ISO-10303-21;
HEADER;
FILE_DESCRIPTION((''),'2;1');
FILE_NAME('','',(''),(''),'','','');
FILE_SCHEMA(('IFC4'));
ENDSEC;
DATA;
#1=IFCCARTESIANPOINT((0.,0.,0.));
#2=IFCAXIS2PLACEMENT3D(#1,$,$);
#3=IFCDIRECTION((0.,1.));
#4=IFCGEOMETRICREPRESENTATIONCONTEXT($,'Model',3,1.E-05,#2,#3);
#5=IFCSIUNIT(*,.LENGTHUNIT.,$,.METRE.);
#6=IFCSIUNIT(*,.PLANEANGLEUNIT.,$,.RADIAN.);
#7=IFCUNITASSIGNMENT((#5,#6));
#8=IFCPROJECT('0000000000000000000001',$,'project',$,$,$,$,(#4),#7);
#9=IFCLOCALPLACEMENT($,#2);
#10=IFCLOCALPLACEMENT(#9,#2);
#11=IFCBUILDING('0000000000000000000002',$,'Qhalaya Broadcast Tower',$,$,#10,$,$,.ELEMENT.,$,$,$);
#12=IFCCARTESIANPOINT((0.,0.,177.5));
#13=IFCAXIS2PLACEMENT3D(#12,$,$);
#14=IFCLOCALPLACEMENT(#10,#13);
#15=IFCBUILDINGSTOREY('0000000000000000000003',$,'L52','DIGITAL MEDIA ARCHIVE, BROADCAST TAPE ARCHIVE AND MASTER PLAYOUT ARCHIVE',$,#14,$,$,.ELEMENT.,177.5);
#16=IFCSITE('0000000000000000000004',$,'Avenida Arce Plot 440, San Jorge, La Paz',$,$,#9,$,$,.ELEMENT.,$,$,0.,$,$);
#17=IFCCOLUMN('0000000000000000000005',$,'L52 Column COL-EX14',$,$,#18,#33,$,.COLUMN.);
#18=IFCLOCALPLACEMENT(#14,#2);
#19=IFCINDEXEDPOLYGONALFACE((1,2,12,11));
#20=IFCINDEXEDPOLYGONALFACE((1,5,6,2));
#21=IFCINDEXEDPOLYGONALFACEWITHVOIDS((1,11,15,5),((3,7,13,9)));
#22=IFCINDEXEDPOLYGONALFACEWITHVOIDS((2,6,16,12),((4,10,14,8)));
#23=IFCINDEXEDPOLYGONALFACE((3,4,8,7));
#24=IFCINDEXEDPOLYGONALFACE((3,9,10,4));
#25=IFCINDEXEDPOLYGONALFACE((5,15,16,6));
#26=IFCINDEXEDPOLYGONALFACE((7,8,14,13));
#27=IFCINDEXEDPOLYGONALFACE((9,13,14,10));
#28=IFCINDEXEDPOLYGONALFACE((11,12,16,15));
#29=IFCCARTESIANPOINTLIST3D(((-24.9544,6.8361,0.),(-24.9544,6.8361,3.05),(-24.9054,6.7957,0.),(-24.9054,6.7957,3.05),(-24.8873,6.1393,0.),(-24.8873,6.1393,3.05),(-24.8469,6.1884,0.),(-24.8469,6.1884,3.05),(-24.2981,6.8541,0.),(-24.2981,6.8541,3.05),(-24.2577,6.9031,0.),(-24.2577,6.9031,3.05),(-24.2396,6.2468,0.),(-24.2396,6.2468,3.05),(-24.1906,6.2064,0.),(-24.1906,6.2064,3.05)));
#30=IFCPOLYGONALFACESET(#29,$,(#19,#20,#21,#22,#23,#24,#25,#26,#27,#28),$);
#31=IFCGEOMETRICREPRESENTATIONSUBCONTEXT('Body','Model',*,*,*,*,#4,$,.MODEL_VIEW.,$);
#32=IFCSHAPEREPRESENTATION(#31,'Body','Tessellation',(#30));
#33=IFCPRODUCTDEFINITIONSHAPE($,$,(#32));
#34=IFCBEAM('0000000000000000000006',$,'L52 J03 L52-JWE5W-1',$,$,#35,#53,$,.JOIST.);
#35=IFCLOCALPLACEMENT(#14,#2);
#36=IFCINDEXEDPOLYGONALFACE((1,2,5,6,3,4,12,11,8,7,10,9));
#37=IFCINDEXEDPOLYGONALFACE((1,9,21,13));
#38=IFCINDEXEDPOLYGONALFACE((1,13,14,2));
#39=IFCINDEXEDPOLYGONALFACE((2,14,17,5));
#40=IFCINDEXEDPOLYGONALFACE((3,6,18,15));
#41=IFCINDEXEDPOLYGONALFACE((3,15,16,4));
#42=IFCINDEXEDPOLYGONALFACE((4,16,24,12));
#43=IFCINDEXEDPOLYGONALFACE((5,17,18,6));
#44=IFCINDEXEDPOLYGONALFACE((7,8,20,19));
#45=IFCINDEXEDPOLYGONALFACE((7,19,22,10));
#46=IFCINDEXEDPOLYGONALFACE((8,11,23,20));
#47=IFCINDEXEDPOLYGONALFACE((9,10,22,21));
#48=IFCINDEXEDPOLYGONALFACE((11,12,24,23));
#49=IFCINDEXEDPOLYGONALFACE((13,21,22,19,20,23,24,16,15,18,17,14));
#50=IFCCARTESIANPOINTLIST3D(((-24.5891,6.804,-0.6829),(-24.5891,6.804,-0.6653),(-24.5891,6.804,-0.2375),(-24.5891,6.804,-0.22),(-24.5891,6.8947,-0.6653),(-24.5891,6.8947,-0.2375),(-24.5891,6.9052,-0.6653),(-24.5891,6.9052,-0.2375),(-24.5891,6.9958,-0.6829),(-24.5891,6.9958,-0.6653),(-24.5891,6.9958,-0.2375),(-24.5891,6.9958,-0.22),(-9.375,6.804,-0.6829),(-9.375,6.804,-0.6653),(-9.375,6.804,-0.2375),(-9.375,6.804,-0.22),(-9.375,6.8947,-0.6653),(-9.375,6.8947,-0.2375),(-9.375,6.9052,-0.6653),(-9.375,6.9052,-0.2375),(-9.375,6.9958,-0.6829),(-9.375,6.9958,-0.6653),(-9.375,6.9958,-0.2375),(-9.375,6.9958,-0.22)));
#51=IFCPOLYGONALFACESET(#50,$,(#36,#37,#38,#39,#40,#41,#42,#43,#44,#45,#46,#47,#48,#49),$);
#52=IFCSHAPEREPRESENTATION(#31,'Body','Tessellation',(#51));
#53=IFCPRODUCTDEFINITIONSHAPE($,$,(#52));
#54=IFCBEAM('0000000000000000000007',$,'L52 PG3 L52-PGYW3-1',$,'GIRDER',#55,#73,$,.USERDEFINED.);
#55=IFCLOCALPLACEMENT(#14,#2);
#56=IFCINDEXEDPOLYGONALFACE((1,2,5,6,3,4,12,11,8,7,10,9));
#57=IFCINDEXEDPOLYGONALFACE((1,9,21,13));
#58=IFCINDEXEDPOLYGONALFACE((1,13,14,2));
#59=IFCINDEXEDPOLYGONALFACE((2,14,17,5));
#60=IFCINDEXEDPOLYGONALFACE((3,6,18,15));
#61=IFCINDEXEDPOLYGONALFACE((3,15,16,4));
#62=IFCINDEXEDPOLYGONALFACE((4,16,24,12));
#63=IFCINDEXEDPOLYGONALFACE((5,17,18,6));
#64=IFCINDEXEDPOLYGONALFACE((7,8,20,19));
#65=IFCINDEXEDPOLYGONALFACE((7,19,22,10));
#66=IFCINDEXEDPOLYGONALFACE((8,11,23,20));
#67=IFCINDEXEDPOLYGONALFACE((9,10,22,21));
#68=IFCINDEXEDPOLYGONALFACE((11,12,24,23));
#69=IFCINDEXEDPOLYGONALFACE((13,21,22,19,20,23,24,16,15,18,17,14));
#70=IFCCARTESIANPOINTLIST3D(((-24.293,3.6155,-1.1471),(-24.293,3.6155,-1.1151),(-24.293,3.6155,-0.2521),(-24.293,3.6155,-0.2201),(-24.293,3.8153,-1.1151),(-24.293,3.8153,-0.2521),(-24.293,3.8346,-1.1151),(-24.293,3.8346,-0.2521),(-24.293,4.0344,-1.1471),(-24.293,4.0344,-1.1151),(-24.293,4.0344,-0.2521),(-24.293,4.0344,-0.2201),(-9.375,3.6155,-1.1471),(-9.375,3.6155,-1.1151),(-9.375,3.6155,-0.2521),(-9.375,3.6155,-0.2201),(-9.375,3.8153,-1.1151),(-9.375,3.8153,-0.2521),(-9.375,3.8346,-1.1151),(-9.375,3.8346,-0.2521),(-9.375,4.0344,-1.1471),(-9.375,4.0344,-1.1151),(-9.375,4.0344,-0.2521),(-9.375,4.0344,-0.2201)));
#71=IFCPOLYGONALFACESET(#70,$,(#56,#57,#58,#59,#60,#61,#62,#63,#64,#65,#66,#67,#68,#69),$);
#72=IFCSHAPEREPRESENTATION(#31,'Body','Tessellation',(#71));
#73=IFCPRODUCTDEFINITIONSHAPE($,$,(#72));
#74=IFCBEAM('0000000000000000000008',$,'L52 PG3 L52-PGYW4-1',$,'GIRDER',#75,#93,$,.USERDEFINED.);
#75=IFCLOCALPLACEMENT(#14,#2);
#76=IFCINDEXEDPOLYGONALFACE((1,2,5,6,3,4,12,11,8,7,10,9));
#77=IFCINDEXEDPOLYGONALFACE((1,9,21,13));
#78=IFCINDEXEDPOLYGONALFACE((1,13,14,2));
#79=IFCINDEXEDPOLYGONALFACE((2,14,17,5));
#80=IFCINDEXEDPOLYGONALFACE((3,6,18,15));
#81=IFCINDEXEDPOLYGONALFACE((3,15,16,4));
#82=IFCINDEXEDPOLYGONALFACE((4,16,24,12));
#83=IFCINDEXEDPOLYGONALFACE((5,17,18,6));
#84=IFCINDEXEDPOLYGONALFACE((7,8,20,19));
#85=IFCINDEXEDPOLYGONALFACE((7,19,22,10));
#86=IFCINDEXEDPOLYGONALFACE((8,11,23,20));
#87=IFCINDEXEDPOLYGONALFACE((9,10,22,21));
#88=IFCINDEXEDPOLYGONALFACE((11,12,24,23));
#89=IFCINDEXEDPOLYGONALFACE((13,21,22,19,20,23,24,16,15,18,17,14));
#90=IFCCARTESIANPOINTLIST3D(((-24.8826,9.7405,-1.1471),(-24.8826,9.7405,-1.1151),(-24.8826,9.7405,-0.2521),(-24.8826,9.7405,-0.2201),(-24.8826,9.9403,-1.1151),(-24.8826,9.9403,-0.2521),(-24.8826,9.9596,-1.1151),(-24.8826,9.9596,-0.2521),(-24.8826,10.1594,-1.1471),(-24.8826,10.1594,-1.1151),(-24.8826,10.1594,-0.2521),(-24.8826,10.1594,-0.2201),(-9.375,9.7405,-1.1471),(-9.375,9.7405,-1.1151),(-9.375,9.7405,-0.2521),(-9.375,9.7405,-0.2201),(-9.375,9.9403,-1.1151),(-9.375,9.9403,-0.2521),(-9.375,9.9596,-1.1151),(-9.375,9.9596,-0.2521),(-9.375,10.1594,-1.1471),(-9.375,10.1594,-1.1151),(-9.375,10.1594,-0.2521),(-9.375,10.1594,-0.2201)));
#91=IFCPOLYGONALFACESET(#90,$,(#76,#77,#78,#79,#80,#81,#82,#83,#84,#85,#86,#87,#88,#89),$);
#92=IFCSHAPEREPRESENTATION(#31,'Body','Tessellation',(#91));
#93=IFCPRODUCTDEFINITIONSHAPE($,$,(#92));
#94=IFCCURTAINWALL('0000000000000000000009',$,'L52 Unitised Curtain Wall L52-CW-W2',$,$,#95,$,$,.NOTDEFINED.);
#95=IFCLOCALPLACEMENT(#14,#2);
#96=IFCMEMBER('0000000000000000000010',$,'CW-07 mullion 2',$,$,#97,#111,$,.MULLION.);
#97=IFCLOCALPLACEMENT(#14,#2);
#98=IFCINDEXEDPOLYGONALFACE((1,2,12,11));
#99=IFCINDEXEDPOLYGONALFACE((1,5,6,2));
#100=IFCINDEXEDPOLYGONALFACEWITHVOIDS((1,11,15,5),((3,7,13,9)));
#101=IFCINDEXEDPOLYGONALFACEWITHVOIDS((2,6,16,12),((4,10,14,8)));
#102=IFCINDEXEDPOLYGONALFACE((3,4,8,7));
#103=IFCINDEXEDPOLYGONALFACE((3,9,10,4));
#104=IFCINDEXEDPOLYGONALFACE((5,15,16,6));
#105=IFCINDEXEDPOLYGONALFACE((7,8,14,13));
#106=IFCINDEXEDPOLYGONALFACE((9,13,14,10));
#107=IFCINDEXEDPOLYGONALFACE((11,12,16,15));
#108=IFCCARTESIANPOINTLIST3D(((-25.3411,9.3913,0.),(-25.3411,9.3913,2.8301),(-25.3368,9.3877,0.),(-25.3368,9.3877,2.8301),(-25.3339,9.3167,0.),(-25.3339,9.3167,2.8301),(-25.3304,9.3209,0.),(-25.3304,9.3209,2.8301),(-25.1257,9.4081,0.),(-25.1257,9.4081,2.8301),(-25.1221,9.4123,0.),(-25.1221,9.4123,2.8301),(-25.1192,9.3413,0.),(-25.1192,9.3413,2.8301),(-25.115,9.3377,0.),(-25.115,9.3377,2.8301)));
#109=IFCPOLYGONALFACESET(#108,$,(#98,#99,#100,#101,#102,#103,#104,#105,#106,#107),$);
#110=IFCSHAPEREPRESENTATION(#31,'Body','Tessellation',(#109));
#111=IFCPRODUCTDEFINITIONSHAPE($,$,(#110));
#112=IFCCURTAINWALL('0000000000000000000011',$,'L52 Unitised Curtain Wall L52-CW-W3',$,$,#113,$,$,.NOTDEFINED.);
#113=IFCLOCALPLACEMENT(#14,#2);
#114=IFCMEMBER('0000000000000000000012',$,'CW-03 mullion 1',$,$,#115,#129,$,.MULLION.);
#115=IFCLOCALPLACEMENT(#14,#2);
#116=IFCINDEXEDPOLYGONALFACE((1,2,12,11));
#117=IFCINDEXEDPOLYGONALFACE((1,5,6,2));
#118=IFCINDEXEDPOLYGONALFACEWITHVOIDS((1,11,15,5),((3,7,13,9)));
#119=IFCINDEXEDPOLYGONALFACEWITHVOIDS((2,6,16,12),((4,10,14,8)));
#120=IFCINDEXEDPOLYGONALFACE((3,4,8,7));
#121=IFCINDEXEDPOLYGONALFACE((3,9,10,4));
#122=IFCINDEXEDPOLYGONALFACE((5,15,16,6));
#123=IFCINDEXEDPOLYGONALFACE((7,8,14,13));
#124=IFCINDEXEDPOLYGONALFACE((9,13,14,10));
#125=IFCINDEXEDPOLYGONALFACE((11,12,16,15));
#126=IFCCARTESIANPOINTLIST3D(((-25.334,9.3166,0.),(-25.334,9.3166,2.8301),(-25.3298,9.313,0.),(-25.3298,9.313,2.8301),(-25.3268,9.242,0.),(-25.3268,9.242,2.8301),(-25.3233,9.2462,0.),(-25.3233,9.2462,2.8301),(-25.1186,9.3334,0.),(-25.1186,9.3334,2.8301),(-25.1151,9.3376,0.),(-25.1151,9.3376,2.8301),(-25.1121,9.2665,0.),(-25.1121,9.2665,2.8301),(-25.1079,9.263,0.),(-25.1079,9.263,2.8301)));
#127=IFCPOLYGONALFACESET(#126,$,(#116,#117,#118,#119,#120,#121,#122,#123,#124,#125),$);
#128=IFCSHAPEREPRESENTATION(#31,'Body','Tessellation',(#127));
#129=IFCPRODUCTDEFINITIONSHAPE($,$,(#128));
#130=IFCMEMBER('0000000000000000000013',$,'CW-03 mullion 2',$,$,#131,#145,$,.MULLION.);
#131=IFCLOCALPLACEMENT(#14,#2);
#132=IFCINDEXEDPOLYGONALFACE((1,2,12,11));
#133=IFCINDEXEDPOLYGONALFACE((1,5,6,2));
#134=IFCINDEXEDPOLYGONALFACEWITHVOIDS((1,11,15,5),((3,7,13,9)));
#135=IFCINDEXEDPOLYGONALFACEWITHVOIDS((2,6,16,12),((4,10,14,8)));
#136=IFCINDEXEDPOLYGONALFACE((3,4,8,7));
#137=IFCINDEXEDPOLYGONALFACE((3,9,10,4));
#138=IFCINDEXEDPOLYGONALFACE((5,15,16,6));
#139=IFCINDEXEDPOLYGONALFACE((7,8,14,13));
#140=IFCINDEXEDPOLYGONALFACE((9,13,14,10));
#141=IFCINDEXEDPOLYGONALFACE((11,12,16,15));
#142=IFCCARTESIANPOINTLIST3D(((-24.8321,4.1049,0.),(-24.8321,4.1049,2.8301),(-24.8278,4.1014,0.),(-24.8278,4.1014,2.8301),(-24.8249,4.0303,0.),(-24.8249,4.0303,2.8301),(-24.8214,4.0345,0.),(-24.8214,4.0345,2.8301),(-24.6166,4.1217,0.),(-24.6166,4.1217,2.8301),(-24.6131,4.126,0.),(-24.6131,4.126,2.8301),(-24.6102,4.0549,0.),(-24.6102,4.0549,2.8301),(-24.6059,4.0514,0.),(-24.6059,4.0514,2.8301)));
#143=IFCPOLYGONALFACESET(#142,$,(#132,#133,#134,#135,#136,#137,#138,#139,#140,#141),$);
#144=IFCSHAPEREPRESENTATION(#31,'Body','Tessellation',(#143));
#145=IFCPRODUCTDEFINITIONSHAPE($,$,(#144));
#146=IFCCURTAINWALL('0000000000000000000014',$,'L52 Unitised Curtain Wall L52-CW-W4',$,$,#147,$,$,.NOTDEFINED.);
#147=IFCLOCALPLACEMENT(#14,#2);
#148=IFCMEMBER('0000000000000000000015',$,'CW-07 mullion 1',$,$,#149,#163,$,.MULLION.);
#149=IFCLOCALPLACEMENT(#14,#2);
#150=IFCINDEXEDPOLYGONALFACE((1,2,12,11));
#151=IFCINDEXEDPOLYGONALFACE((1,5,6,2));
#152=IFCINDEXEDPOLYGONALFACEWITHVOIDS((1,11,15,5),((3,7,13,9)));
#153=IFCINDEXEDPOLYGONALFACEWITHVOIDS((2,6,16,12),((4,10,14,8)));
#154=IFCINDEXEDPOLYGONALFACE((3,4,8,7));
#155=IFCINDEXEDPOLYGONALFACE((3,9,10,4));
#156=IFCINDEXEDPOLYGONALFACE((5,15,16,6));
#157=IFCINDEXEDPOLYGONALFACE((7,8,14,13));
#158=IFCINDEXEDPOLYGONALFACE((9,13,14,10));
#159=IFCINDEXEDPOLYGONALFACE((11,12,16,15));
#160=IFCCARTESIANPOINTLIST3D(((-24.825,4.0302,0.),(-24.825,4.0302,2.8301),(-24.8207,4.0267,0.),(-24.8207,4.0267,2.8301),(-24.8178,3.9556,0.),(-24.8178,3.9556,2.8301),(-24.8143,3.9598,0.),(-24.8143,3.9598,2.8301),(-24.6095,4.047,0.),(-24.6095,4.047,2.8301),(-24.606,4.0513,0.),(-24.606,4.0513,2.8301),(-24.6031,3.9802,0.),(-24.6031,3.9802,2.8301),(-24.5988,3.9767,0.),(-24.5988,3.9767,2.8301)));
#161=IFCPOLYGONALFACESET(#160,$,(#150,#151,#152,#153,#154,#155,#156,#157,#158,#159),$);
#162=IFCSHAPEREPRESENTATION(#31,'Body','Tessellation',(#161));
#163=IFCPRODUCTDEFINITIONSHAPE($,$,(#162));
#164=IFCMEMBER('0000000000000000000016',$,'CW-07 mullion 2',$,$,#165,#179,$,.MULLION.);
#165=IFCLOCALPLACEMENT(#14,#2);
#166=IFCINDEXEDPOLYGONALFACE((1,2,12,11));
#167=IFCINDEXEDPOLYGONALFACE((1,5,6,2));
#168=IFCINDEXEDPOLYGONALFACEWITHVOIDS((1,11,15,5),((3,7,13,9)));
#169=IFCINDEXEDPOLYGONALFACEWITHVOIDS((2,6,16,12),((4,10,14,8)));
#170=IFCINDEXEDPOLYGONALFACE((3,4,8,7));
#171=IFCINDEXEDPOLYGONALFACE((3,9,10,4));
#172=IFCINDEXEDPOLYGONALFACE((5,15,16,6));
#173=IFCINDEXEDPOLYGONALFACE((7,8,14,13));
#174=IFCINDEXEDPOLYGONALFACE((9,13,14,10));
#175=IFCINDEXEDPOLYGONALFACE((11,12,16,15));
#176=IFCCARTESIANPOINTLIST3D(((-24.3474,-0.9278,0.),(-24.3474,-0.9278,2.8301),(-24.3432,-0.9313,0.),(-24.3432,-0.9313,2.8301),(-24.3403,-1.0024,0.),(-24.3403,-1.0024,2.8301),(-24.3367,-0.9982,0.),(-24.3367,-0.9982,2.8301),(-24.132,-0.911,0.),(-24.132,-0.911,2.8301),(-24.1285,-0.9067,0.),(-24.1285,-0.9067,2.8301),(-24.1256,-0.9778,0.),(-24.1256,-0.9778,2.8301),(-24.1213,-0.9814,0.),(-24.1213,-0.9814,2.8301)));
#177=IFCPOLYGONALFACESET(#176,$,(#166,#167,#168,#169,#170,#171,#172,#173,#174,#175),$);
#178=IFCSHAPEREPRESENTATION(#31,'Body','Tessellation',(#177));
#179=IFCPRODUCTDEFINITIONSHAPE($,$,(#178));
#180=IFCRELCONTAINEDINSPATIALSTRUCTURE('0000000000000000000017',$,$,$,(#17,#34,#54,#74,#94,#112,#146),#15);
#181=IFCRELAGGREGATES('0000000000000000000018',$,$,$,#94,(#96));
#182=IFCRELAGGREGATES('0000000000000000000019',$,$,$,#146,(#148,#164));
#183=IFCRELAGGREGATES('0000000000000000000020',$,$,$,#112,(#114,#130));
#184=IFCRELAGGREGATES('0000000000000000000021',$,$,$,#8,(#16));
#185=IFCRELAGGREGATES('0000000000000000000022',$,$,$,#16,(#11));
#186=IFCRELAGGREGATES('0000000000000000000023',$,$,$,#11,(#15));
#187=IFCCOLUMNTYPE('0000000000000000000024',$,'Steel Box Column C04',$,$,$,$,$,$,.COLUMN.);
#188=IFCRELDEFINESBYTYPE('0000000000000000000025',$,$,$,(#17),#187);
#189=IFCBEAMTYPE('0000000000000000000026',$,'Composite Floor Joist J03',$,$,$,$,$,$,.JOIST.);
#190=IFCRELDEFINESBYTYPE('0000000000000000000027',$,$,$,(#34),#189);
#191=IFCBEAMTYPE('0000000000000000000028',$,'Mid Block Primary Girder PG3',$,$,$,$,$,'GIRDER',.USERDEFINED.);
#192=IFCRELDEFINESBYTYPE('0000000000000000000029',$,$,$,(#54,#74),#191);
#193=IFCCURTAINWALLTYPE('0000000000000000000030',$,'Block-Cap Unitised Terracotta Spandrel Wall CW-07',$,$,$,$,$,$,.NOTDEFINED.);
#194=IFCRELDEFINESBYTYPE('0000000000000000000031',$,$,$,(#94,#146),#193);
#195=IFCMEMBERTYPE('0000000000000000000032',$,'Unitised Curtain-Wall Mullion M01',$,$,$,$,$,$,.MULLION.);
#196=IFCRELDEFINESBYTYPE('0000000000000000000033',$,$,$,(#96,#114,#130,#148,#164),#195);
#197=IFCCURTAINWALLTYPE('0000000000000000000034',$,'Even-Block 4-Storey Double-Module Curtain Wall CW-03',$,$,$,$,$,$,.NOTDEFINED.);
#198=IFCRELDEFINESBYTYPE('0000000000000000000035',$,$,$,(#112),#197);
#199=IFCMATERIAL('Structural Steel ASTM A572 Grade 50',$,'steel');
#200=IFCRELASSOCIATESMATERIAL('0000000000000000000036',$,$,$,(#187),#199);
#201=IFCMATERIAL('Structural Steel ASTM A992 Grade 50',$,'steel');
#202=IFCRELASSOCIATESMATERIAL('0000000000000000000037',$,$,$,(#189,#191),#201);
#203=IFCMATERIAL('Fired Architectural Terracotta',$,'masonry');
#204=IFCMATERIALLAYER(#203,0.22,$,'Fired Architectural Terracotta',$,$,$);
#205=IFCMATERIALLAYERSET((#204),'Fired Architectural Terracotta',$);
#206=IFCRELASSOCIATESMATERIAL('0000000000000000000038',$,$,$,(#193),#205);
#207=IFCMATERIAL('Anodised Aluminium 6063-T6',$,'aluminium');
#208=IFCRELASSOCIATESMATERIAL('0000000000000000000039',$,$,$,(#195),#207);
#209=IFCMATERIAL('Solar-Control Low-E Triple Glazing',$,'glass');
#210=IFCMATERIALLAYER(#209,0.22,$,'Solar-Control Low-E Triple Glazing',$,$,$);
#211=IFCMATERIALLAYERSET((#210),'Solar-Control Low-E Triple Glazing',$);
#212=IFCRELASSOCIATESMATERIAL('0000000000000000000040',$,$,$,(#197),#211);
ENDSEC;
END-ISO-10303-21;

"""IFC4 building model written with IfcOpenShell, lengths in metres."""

from ifc_helpers import new_model, si_unit, direction, frame, origin, origin_2d, place, context, subcontext, project, spatial, hollow_rectangle, i_section, extrude, material, layer, layer_set, material_profile, profile_set, type_object, element, aggregate, save


model = new_model("IFC4")

# Units and contexts
model_context = context("Model", 3, precision=1e-05, world=origin(), true_north=direction((0.0, 1.0)))
body_context = subcontext(model_context, "Body", "Model", "MODEL_VIEW")
ifc_project = project(units=[si_unit("LENGTHUNIT", "METRE"), si_unit("PLANEANGLEUNIT", "RADIAN")], contexts=[model_context])

# Site, building, storey
site_placement = place(None, origin())
site = spatial("IfcSite", under=ifc_project, at=site_placement, Name="Avenida Arce Plot 440, San Jorge, La Paz", CompositionType="ELEMENT", RefElevation=0.0)
building_placement = place(site_placement, origin())
building = spatial("IfcBuilding", under=site, at=building_placement, Name="Qhalaya Broadcast Tower", CompositionType="ELEMENT")
storey_placement = place(building_placement, frame((0.0, 0.0, 177.5)))
storey = spatial("IfcBuildingStorey", under=building, at=storey_placement, Name="L52", Description="DIGITAL MEDIA ARCHIVE, BROADCAST TAPE ARCHIVE AND MASTER PLAYOUT ARCHIVE", CompositionType="ELEMENT", Elevation=177.5)

# Column
ifc_material_1 = material(Name="Structural Steel ASTM A572 Grade 50", Category="steel")
ifc_material_profile_1 = material_profile(ifc_material_1, hollow_rectangle(XDim=0.7, YDim=0.7, WallThickness=0.0449, at=origin_2d()), Name="BOX 700x700x45")
ifc_profile_set_1 = profile_set([ifc_material_profile_1], Name="Structural Steel ASTM A572 Grade 50")
column_type = type_object("IfcColumnType", Name="Steel Box Column C04", PredefinedType="COLUMN", material=ifc_profile_set_1)
column_placement = place(storey_placement, frame((-24.5725, 6.5212, 0.0), z_axis=(0.0, 0.0, 1.0), x_axis=(-0.095846, 0.995396, 0.0)))
element("IfcColumn", 1, at=column_placement, inside=storey, type_object=column_type, Name="L52 Column COL-EX14", PredefinedType="COLUMN", context=body_context, shape_type="SweptSolid", body=[
    extrude(hollow_rectangle(XDim=0.7, YDim=0.7, WallThickness=0.0449, at=origin_2d()), origin(), (0.0, 0.0, 1.0), 3.05),
])

# Beams
ifc_material_2 = material(Name="Structural Steel ASTM A992 Grade 50", Category="steel")
ifc_material_profile_2 = material_profile(ifc_material_2, i_section(OverallWidth=0.1919, OverallDepth=0.4629, WebThickness=0.0105, FlangeThickness=0.0176, at=origin_2d()), Name="W18X60")
ifc_profile_set_2 = profile_set([ifc_material_profile_2], Name="Structural Steel ASTM A992 Grade 50")
beam_type_1 = type_object("IfcBeamType", Name="Composite Floor Joist J03", PredefinedType="JOIST", material=ifc_profile_set_2)
beam_1_placement = place(storey_placement, frame((-24.5891, 6.8999, -0.4514), z_axis=(1.0, 0.0, 0.0), x_axis=(0.0, 1.0, 0.0)))
element("IfcBeam", 2, at=beam_1_placement, inside=storey, type_object=beam_type_1, Name="L52 J03 L52-JWE5W-1", PredefinedType="JOIST", context=body_context, shape_type="SweptSolid", body=[
    extrude(i_section(OverallWidth=0.1919, OverallDepth=0.4629, WebThickness=0.0105, FlangeThickness=0.0176, at=origin_2d()), origin(), (0.0, 0.0, 1.0), 15.2141),
])
ifc_material_profile_3 = material_profile(ifc_material_2, i_section(OverallWidth=0.4189, OverallDepth=0.927, WebThickness=0.0193, FlangeThickness=0.032, at=origin_2d()), Name="W36X231")
ifc_profile_set_3 = profile_set([ifc_material_profile_3], Name="Structural Steel ASTM A992 Grade 50")
beam_type_2 = type_object("IfcBeamType", Name="Mid Block Primary Girder PG3", ElementType="GIRDER", PredefinedType="USERDEFINED", material=ifc_profile_set_3)
beam_2_placement = place(storey_placement, frame((-24.293, 3.825, -0.6836), z_axis=(1.0, 0.0, 0.0), x_axis=(0.0, 1.0, 0.0)))
element("IfcBeam", 3, at=beam_2_placement, inside=storey, type_object=beam_type_2, Name="L52 PG3 L52-PGYW3-1", ObjectType="GIRDER", PredefinedType="USERDEFINED", context=body_context, shape_type="SweptSolid", body=[
    extrude(i_section(OverallWidth=0.4189, OverallDepth=0.927, WebThickness=0.0193, FlangeThickness=0.032, at=origin_2d()), origin(), (0.0, 0.0, 1.0), 14.918),
])
beam_3_placement = place(storey_placement, frame((-24.8826, 9.95, -0.6836), z_axis=(1.0, 0.0, 0.0), x_axis=(0.0, 1.0, 0.0)))
element("IfcBeam", 4, at=beam_3_placement, inside=storey, type_object=beam_type_2, Name="L52 PG3 L52-PGYW4-1", ObjectType="GIRDER", PredefinedType="USERDEFINED", context=body_context, shape_type="SweptSolid", body=[
    extrude(i_section(OverallWidth=0.4189, OverallDepth=0.927, WebThickness=0.0193, FlangeThickness=0.032, at=origin_2d()), origin(), (0.0, 0.0, 1.0), 15.5076),
])

# Curtain wall, member
ifc_material_3 = material(Name="Fired Architectural Terracotta", Category="masonry")
ifc_layer_1 = layer(ifc_material_3, 0.22, Name="Fired Architectural Terracotta")
ifc_layer_set_1 = layer_set([ifc_layer_1], Name="Fired Architectural Terracotta")
curtain_wall_type_1 = type_object("IfcCurtainWallType", Name="Block-Cap Unitised Terracotta Spandrel Wall CW-07", PredefinedType="NOTDEFINED", material=ifc_layer_set_1)
curtain_wall_1_placement = place(storey_placement, origin())
curtain_wall_1 = element("IfcCurtainWall", 5, at=curtain_wall_1_placement, inside=storey, type_object=curtain_wall_type_1, Name="L52 Unitised Curtain Wall L52-CW-W2", PredefinedType="NOTDEFINED")
ifc_material_4 = material(Name="Anodised Aluminium 6063-T6", Category="aluminium")
ifc_material_profile_4 = material_profile(ifc_material_4, hollow_rectangle(XDim=0.075, YDim=0.22, WallThickness=0.0039, at=origin_2d()), Name="ALU-MUL 75x220x4")
ifc_profile_set_4 = profile_set([ifc_material_profile_4], Name="Anodised Aluminium 6063-T6")
member_type_1 = type_object("IfcMemberType", Name="Unitised Curtain-Wall Mullion M01", PredefinedType="MULLION", material=ifc_profile_set_4)
member_1_placement = place(storey_placement, frame((-25.228, 9.3645, 0.0), z_axis=(0.0, 0.0, 1.0), x_axis=(0.095845, -0.995396, 0.0)))
member_1 = element("IfcMember", 6, at=member_1_placement, type_object=member_type_1, Name="CW-07 mullion 2", PredefinedType="MULLION", context=body_context, shape_type="SweptSolid", body=[
    extrude(hollow_rectangle(XDim=0.075, YDim=0.22, WallThickness=0.0039, at=origin_2d()), origin(), (0.0, 0.0, 1.0), 2.8301),
])

# Curtain walls, members
ifc_material_5 = material(Name="Solar-Control Low-E Triple Glazing", Category="glass")
ifc_layer_2 = layer(ifc_material_5, 0.22, Name="Solar-Control Low-E Triple Glazing")
ifc_layer_set_2 = layer_set([ifc_layer_2], Name="Solar-Control Low-E Triple Glazing")
curtain_wall_type_2 = type_object("IfcCurtainWallType", Name="Even-Block 4-Storey Double-Module Curtain Wall CW-03", PredefinedType="NOTDEFINED", material=ifc_layer_set_2)
curtain_wall_2_placement = place(storey_placement, origin())
curtain_wall_2 = element("IfcCurtainWall", 7, at=curtain_wall_2_placement, inside=storey, type_object=curtain_wall_type_2, Name="L52 Unitised Curtain Wall L52-CW-W3", PredefinedType="NOTDEFINED")
member_2_placement = place(storey_placement, frame((-25.2209, 9.2898, 0.0), z_axis=(0.0, 0.0, 1.0), x_axis=(0.09584, -0.995397, 0.0)))
member_2 = element("IfcMember", 8, at=member_2_placement, type_object=member_type_1, Name="CW-03 mullion 1", PredefinedType="MULLION", context=body_context, shape_type="SweptSolid", body=[
    extrude(hollow_rectangle(XDim=0.075, YDim=0.22, WallThickness=0.0039, at=origin_2d()), origin(), (0.0, 0.0, 1.0), 2.8301),
])
member_3_placement = place(storey_placement, frame((-24.719, 4.0781, 0.0), z_axis=(0.0, 0.0, 1.0), x_axis=(0.09584, -0.995397, 0.0)))
member_3 = element("IfcMember", 9, at=member_3_placement, type_object=member_type_1, Name="CW-03 mullion 2", PredefinedType="MULLION", context=body_context, shape_type="SweptSolid", body=[
    extrude(hollow_rectangle(XDim=0.075, YDim=0.22, WallThickness=0.0039, at=origin_2d()), origin(), (0.0, 0.0, 1.0), 2.8301),
])
curtain_wall_3_placement = place(storey_placement, origin())
curtain_wall_3 = element("IfcCurtainWall", 10, at=curtain_wall_3_placement, inside=storey, type_object=curtain_wall_type_1, Name="L52 Unitised Curtain Wall L52-CW-W4", PredefinedType="NOTDEFINED")
member_4_placement = place(storey_placement, frame((-24.7119, 4.0034, 0.0), z_axis=(0.0, 0.0, 1.0), x_axis=(0.095847, -0.995396, 0.0)))
member_4 = element("IfcMember", 11, at=member_4_placement, type_object=member_type_1, Name="CW-07 mullion 1", PredefinedType="MULLION", context=body_context, shape_type="SweptSolid", body=[
    extrude(hollow_rectangle(XDim=0.075, YDim=0.22, WallThickness=0.0039, at=origin_2d()), origin(), (0.0, 0.0, 1.0), 2.8301),
])
member_5_placement = place(storey_placement, frame((-24.2344, -0.9546, 0.0), z_axis=(0.0, 0.0, 1.0), x_axis=(0.095847, -0.995396, 0.0)))
member_5 = element("IfcMember", 12, at=member_5_placement, type_object=member_type_1, Name="CW-07 mullion 2", PredefinedType="MULLION", context=body_context, shape_type="SweptSolid", body=[
    extrude(hollow_rectangle(XDim=0.075, YDim=0.22, WallThickness=0.0039, at=origin_2d()), origin(), (0.0, 0.0, 1.0), 2.8301),
])

aggregate(curtain_wall_1, [member_1])
aggregate(curtain_wall_3, [member_4, member_5])
aggregate(curtain_wall_2, [member_2, member_3])

save(model, "model.ifc")
